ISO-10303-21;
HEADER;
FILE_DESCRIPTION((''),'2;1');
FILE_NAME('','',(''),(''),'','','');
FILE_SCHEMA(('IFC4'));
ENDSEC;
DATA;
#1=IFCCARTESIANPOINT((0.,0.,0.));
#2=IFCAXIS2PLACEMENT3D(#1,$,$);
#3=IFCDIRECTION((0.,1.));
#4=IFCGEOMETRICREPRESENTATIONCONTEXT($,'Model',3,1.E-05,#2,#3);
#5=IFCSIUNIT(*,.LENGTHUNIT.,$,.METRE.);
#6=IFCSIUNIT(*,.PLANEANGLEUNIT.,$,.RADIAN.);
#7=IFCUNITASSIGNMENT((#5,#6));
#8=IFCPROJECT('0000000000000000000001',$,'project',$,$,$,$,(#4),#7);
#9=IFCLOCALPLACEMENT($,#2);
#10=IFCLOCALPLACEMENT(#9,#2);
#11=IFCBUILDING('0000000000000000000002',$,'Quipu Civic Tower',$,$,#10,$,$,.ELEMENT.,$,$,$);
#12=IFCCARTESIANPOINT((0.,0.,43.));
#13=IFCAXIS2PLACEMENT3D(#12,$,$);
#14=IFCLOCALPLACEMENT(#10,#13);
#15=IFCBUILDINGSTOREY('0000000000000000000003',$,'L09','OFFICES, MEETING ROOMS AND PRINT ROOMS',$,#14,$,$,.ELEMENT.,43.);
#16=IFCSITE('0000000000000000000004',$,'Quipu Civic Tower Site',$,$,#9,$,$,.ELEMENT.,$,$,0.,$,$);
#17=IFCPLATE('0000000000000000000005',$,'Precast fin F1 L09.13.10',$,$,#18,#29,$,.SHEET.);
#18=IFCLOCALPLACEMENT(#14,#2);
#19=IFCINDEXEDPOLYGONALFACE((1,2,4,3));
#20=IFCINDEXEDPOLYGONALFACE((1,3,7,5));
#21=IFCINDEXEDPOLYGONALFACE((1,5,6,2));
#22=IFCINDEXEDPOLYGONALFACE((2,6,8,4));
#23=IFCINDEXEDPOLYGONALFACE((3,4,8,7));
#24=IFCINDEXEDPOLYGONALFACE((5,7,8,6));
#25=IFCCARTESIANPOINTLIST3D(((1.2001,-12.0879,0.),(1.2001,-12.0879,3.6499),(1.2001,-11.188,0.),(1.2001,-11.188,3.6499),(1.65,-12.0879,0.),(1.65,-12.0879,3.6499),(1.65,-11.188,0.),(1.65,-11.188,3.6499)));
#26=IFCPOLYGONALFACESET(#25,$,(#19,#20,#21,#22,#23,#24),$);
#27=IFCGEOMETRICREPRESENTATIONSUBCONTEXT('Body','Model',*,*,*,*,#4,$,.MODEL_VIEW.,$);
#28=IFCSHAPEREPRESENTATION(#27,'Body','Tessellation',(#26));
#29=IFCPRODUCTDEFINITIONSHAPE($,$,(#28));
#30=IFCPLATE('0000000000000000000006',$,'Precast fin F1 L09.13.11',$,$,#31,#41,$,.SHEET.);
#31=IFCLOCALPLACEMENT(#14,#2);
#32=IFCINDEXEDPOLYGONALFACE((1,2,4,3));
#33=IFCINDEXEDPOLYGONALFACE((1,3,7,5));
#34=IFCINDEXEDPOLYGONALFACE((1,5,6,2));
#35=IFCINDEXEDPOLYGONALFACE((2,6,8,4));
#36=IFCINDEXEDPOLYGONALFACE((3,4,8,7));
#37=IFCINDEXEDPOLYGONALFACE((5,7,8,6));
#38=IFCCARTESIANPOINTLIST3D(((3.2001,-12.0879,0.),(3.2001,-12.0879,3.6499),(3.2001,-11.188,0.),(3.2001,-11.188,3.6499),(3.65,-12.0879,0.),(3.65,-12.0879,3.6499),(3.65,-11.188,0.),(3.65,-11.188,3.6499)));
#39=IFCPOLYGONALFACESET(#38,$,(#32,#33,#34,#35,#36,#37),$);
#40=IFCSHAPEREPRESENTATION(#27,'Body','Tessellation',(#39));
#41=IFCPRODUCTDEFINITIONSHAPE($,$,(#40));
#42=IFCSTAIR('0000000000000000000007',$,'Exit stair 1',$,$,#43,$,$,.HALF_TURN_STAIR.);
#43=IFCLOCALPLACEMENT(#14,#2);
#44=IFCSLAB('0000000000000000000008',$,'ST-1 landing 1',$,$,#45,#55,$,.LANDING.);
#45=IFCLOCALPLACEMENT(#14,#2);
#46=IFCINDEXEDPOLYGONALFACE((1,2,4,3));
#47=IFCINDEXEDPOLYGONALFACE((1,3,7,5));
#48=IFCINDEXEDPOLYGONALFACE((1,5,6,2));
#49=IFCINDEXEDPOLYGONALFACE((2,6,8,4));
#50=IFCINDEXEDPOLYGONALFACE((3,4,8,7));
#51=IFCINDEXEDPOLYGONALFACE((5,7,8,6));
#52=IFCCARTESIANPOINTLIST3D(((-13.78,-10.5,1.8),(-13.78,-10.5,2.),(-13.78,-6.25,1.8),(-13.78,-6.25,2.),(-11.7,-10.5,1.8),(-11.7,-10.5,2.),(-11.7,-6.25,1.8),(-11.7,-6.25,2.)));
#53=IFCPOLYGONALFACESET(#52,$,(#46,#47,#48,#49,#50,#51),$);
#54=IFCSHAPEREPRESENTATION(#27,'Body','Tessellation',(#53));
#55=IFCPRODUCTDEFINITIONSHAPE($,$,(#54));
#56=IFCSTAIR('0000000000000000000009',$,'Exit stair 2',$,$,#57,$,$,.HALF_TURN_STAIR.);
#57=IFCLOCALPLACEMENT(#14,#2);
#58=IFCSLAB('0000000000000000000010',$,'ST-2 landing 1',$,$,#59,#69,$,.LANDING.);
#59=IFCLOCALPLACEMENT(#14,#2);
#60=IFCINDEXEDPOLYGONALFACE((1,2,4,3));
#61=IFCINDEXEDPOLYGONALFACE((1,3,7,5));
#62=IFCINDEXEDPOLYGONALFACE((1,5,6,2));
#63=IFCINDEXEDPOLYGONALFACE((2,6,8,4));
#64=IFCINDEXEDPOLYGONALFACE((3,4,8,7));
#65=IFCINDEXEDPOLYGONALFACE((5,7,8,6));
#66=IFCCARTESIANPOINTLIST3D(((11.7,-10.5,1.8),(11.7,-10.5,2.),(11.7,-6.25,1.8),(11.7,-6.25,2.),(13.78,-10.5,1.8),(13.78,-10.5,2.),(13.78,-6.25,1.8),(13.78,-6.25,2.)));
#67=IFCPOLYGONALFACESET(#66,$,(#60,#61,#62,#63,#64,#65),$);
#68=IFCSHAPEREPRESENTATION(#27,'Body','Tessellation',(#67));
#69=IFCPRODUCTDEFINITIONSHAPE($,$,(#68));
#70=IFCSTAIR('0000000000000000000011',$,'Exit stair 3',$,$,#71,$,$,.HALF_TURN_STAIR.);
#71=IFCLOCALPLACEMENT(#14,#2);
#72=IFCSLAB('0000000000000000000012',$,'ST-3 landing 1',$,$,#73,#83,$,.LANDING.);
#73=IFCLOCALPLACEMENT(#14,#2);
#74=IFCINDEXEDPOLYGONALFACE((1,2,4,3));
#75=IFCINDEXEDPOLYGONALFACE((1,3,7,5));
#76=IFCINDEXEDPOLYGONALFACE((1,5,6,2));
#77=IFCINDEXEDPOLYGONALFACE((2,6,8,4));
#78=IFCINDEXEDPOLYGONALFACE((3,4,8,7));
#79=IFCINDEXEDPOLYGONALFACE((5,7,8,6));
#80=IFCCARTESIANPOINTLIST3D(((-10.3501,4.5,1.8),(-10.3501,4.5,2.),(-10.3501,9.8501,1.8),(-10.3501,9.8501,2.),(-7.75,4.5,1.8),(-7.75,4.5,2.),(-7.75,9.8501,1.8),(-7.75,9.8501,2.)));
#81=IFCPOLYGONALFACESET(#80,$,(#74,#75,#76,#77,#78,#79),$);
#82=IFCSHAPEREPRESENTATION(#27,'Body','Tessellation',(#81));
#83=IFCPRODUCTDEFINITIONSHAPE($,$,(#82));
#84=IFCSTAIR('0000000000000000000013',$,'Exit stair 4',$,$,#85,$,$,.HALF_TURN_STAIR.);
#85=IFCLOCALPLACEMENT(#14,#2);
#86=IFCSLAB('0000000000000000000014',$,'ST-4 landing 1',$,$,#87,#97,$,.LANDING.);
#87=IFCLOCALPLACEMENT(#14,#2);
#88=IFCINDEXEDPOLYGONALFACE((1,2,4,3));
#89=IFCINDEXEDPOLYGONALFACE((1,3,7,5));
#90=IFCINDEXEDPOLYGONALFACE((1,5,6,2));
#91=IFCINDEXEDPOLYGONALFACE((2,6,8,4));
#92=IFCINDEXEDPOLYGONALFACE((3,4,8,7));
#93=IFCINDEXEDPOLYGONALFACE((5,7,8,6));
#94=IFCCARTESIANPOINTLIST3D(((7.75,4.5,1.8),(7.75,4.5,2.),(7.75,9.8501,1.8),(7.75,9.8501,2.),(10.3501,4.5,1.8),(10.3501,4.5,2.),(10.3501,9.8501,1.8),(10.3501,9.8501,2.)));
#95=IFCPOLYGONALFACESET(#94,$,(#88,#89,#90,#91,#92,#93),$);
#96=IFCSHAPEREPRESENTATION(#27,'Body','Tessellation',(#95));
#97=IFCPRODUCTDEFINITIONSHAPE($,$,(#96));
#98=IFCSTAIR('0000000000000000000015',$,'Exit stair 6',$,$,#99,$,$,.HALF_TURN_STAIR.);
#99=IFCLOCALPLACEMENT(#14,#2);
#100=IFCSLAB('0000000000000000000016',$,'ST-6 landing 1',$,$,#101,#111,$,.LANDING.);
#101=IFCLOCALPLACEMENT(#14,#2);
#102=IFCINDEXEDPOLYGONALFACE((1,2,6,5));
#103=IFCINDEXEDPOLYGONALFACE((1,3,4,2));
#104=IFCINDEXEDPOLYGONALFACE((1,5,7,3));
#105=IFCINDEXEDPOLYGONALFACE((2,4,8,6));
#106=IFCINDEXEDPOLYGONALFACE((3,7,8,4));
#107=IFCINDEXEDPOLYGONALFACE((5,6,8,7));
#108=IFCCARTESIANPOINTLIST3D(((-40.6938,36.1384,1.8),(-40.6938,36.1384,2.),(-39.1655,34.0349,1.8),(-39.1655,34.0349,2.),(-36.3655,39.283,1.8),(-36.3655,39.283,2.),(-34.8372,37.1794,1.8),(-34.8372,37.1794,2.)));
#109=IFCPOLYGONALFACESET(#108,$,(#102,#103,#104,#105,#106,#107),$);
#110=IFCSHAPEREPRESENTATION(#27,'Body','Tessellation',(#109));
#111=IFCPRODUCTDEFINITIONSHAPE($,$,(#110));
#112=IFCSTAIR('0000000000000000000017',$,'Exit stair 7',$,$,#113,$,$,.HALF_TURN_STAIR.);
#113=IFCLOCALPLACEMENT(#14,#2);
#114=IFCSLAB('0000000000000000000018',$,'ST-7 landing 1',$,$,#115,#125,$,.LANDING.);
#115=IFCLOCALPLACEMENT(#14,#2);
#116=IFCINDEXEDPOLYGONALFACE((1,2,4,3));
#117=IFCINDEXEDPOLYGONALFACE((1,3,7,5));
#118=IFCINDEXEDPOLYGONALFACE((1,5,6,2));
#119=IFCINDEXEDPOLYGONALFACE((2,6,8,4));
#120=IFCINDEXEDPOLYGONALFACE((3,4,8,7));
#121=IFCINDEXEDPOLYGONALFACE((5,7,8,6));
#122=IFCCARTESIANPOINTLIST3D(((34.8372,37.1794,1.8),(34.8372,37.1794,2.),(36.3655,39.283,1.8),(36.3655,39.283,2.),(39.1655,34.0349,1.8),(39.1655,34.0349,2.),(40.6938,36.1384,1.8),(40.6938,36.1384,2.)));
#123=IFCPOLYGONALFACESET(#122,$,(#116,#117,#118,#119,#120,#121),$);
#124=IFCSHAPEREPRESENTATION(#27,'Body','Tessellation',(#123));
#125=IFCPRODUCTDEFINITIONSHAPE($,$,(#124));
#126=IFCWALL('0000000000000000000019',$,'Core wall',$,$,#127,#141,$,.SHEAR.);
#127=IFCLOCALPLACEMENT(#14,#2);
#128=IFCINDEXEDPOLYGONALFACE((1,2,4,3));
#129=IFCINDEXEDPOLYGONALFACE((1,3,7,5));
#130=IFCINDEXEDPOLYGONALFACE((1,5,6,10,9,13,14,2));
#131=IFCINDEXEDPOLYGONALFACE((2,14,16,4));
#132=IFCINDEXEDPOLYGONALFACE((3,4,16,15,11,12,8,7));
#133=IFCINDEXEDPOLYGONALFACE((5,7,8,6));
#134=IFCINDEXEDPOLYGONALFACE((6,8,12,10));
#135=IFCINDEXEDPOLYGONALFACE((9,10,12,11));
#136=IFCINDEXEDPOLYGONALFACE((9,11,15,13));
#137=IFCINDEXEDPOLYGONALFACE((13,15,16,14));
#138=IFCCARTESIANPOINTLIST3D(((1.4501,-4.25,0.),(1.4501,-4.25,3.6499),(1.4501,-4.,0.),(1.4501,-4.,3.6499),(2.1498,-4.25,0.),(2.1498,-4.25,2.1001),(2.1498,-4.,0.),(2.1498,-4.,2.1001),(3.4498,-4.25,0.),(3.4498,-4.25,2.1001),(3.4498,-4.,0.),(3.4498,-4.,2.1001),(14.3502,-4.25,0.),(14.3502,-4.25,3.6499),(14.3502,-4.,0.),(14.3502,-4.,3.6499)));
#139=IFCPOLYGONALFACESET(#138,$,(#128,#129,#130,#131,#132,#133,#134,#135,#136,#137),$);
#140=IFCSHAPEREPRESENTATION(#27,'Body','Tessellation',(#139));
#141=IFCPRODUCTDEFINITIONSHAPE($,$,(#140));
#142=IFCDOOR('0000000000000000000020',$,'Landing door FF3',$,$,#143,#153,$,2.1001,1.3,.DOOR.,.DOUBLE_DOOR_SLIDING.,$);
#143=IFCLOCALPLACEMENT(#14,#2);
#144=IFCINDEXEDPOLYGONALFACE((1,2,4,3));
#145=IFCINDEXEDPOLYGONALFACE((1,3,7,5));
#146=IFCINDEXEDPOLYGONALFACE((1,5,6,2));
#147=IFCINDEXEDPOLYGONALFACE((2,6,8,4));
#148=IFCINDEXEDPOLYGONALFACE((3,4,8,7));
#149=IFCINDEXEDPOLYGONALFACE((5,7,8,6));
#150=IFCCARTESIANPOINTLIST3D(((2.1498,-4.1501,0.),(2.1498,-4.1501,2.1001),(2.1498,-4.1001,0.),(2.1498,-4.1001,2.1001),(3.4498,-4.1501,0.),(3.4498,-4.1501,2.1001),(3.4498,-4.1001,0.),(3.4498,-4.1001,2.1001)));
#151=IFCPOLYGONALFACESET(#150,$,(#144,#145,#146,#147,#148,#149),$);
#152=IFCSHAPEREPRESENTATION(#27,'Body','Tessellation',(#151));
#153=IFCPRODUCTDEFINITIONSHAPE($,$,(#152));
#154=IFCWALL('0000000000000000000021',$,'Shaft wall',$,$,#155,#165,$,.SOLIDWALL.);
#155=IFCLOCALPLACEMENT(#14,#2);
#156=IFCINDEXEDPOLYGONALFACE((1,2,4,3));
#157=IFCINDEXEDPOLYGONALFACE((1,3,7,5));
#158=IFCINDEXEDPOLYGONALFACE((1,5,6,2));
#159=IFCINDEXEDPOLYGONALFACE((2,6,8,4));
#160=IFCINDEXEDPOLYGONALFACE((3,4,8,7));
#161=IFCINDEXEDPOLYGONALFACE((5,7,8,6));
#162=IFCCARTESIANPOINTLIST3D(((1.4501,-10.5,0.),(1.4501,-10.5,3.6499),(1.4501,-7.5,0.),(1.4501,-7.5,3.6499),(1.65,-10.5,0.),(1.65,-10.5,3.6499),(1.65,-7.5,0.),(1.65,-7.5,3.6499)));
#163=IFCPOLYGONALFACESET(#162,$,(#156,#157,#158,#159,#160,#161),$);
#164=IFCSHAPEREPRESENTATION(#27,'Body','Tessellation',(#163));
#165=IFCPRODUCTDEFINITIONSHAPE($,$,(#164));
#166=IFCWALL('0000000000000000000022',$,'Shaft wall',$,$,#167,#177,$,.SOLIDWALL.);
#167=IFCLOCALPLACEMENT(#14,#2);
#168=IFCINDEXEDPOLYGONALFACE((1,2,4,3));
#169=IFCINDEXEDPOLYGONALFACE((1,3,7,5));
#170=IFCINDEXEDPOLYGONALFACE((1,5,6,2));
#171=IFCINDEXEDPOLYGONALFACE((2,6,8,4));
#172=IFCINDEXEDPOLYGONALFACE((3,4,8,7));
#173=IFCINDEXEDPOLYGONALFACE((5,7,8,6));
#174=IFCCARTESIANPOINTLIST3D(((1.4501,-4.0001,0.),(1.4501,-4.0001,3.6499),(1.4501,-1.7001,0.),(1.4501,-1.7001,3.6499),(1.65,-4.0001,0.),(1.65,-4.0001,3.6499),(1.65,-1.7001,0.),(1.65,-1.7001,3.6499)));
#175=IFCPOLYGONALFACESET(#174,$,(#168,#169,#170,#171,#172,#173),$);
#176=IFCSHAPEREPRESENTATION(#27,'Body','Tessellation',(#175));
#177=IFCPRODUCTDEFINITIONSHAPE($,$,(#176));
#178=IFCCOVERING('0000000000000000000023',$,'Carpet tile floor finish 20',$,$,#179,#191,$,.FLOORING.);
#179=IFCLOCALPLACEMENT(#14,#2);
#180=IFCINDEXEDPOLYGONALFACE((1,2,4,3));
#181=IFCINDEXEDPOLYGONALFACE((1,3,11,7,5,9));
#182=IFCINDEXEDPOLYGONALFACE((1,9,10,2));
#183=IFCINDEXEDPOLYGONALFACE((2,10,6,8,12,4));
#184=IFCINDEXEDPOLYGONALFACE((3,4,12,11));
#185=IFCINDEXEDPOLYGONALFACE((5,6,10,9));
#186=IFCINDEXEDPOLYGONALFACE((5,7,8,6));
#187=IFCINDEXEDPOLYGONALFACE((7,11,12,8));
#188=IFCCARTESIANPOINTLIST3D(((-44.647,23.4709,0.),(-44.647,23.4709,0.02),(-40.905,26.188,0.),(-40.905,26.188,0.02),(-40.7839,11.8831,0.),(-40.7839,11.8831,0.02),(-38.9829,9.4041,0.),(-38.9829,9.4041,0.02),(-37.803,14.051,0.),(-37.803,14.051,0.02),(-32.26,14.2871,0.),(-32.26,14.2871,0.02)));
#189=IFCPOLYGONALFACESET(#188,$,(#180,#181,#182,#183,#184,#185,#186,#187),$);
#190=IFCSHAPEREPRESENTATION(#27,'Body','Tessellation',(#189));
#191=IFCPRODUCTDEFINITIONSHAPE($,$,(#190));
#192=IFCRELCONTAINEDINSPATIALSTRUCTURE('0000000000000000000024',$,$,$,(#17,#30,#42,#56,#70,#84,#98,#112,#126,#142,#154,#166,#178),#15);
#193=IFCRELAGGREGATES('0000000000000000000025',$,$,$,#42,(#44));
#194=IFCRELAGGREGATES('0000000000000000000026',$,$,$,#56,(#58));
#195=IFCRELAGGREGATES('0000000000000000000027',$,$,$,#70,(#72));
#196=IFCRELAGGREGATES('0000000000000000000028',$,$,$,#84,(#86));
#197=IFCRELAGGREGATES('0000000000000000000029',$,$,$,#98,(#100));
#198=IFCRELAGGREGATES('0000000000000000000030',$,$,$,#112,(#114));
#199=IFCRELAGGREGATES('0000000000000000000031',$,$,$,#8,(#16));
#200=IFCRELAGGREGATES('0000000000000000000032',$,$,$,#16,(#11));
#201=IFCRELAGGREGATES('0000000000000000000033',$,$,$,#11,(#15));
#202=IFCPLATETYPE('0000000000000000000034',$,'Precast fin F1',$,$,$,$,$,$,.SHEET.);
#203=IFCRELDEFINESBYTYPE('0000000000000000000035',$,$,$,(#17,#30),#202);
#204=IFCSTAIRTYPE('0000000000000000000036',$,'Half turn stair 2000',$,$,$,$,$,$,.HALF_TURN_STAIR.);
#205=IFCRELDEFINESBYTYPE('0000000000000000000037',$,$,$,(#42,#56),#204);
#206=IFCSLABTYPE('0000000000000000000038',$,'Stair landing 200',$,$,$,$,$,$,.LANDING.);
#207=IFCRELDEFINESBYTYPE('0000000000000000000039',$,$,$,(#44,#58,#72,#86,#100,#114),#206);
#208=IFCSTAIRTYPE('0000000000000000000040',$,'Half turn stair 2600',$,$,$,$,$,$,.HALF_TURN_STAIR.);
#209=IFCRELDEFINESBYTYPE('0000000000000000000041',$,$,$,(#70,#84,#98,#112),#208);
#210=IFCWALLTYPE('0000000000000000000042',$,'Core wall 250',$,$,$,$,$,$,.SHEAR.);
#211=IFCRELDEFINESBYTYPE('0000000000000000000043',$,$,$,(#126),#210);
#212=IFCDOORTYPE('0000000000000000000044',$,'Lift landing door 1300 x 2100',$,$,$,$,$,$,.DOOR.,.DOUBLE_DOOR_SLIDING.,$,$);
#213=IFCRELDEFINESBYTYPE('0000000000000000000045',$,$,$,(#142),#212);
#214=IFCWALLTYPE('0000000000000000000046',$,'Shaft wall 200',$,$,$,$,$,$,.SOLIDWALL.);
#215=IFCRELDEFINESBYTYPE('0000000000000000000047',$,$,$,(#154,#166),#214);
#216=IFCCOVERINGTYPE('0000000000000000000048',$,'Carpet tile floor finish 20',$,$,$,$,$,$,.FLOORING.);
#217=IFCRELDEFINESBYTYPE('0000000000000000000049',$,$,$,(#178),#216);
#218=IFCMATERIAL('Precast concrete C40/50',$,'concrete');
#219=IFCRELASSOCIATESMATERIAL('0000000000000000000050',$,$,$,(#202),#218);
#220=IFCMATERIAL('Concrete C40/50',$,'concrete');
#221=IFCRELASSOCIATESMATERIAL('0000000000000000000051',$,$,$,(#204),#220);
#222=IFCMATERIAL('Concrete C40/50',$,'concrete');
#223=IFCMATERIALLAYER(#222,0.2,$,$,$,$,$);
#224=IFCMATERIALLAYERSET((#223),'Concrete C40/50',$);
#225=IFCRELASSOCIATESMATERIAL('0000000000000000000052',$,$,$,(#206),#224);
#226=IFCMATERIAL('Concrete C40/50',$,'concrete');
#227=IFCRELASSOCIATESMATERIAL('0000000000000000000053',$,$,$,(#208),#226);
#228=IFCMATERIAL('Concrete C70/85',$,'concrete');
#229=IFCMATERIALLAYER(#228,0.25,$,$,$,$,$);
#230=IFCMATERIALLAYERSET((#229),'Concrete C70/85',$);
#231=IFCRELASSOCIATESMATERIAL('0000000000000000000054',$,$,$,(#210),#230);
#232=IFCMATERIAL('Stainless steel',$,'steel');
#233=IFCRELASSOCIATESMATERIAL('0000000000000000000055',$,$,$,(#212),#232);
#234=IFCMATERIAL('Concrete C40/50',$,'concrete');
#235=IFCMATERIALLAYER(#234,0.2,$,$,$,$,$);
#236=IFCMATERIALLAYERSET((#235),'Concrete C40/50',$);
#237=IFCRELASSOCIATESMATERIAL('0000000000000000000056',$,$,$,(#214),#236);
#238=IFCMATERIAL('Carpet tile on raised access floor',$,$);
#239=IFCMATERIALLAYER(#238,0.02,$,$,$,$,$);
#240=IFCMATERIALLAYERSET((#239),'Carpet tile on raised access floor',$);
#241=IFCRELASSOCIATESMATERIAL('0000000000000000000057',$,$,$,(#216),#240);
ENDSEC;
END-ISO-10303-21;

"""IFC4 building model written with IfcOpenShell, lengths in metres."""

from ifc_helpers import new_model, si_unit, direction, frame, frame_2d, origin, origin_2d, place, context, subcontext, project, spatial, polyline, rectangle, outline, extrude, material, layer, layer_set, type_object, element, fill, aggregate, save


model = new_model("IFC4")

# Units and contexts
model_context = context("Model", 3, precision=1e-05, world=origin(), true_north=direction((0.0, 1.0)))
body_context = subcontext(model_context, "Body", "Model", "MODEL_VIEW")
ifc_project = project(units=[si_unit("LENGTHUNIT", "METRE"), si_unit("PLANEANGLEUNIT", "RADIAN")], contexts=[model_context])

# Site, building, storey
site_placement = place(None, origin())
site = spatial("IfcSite", under=ifc_project, at=site_placement, Name="Quipu Civic Tower Site", CompositionType="ELEMENT", RefElevation=0.0)
building_placement = place(site_placement, origin())
building = spatial("IfcBuilding", under=site, at=building_placement, Name="Quipu Civic Tower", CompositionType="ELEMENT")
storey_placement = place(building_placement, frame((0.0, 0.0, 43.0)))
storey = spatial("IfcBuildingStorey", under=building, at=storey_placement, Name="L09", Description="OFFICES, MEETING ROOMS AND PRINT ROOMS", CompositionType="ELEMENT", Elevation=43.0)

# Plates
ifc_material_1 = material(Name="Precast concrete C40/50", Category="concrete")
plate_type = type_object("IfcPlateType", Name="Precast fin F1", PredefinedType="SHEET", material=ifc_material_1)
for number, where, z_axis, x_axis, name in (
    (1, (1.425, -11.6379, 0.0), (0.0, 0.0, 1.0), (1.0, 0.0, 0.0), "Precast fin F1 L09.13.10"),
    (2, (3.425, -11.6379, 0.0), (0.0, 0.0, 1.0), (1.0, 0.0, 0.0), "Precast fin F1 L09.13.11"),
):
    element("IfcPlate", number, at=place(storey_placement, frame(where, z_axis=z_axis, x_axis=x_axis)), inside=storey, type_object=plate_type, Name=name, PredefinedType="SHEET", context=body_context, shape_type="SweptSolid", body=[
        extrude(rectangle(XDim=0.45, YDim=0.8999, at=origin_2d()), origin(), (0.0, 0.0, 1.0), 3.6499),
    ])

# Stairs, slabs
ifc_material_2 = material(Name="Concrete C40/50", Category="concrete")
stair_type_1 = type_object("IfcStairType", Name="Half turn stair 2000", PredefinedType="HALF_TURN_STAIR", material=ifc_material_2)
stair_1_placement = place(storey_placement, origin())
stair_1 = element("IfcStair", 3, at=stair_1_placement, inside=storey, type_object=stair_type_1, Name="Exit stair 1", PredefinedType="HALF_TURN_STAIR")
ifc_material_3 = material(Name="Concrete C40/50", Category="concrete")
ifc_layer_1 = layer(ifc_material_3, 0.2)
ifc_layer_set_1 = layer_set([ifc_layer_1], Name="Concrete C40/50")
slab_type = type_object("IfcSlabType", Name="Stair landing 200", PredefinedType="LANDING", material=ifc_layer_set_1)
slab_1_placement = place(storey_placement, frame((0.0, 0.0, 1.8)))
slab_1 = element("IfcSlab", 4, at=slab_1_placement, type_object=slab_type, Name="ST-1 landing 1", PredefinedType="LANDING", context=body_context, shape_type="SweptSolid", body=[
    extrude(outline(polyline([(-13.78, -10.5), (-11.7, -10.5), (-11.7, -6.25), (-13.78, -6.25), (-13.78, -10.5)])), origin(), (0.0, 0.0, 1.0), 0.2),
])
aggregate(stair_1, [slab_1])
stair_2_placement = place(storey_placement, origin())
stair_2 = element("IfcStair", 5, at=stair_2_placement, inside=storey, type_object=stair_type_1, Name="Exit stair 2", PredefinedType="HALF_TURN_STAIR")
slab_2_placement = place(storey_placement, frame((0.0, 0.0, 1.8)))
slab_2 = element("IfcSlab", 6, at=slab_2_placement, type_object=slab_type, Name="ST-2 landing 1", PredefinedType="LANDING", context=body_context, shape_type="SweptSolid", body=[
    extrude(outline(polyline([(13.78, -6.25), (11.7, -6.25), (11.7, -10.5), (13.78, -10.5), (13.78, -6.25)])), origin(), (0.0, 0.0, 1.0), 0.2),
])
aggregate(stair_2, [slab_2])
ifc_material_4 = material(Name="Concrete C40/50", Category="concrete")
stair_type_2 = type_object("IfcStairType", Name="Half turn stair 2600", PredefinedType="HALF_TURN_STAIR", material=ifc_material_4)
stair_3_placement = place(storey_placement, origin())
stair_3 = element("IfcStair", 7, at=stair_3_placement, inside=storey, type_object=stair_type_2, Name="Exit stair 3", PredefinedType="HALF_TURN_STAIR")
slab_3_placement = place(storey_placement, frame((0.0, 0.0, 1.8)))
slab_3 = element("IfcSlab", 8, at=slab_3_placement, type_object=slab_type, Name="ST-3 landing 1", PredefinedType="LANDING", context=body_context, shape_type="SweptSolid", body=[
    extrude(outline(polyline([(-10.3501, 4.5), (-7.75, 4.5), (-7.75, 9.8501), (-10.3501, 9.8501), (-10.3501, 4.5)])), origin(), (0.0, 0.0, 1.0), 0.2),
])
aggregate(stair_3, [slab_3])
stair_4_placement = place(storey_placement, origin())
stair_4 = element("IfcStair", 9, at=stair_4_placement, inside=storey, type_object=stair_type_2, Name="Exit stair 4", PredefinedType="HALF_TURN_STAIR")
slab_4_placement = place(storey_placement, frame((0.0, 0.0, 1.8)))
slab_4 = element("IfcSlab", 10, at=slab_4_placement, type_object=slab_type, Name="ST-4 landing 1", PredefinedType="LANDING", context=body_context, shape_type="SweptSolid", body=[
    extrude(outline(polyline([(10.3501, 9.8501), (7.75, 9.8501), (7.75, 4.5), (10.3501, 4.5), (10.3501, 9.8501)])), origin(), (0.0, 0.0, 1.0), 0.2),
])
aggregate(stair_4, [slab_4])
stair_5_placement = place(storey_placement, origin())
stair_5 = element("IfcStair", 11, at=stair_5_placement, inside=storey, type_object=stair_type_2, Name="Exit stair 6", PredefinedType="HALF_TURN_STAIR")
slab_5_placement = place(storey_placement, frame((0.0, 0.0, 1.8)))
slab_5 = element("IfcSlab", 12, at=slab_5_placement, type_object=slab_type, Name="ST-6 landing 1", PredefinedType="LANDING", context=body_context, shape_type="SweptSolid", body=[
    extrude(outline(polyline([(-34.8372, 37.1794), (-36.3655, 39.283), (-40.6938, 36.1384), (-39.1655, 34.0349), (-34.8372, 37.1794)])), origin(), (0.0, 0.0, 1.0), 0.2),
])
aggregate(stair_5, [slab_5])
stair_6_placement = place(storey_placement, origin())
stair_6 = element("IfcStair", 13, at=stair_6_placement, inside=storey, type_object=stair_type_2, Name="Exit stair 7", PredefinedType="HALF_TURN_STAIR")
slab_6_placement = place(storey_placement, frame((0.0, 0.0, 1.8)))
slab_6 = element("IfcSlab", 14, at=slab_6_placement, type_object=slab_type, Name="ST-7 landing 1", PredefinedType="LANDING", context=body_context, shape_type="SweptSolid", body=[
    extrude(outline(polyline([(39.1655, 34.0349), (40.6938, 36.1384), (36.3655, 39.283), (34.8372, 37.1794), (39.1655, 34.0349)])), origin(), (0.0, 0.0, 1.0), 0.2),
])
aggregate(stair_6, [slab_6])

# Wall, opening, door
ifc_material_5 = material(Name="Concrete C70/85", Category="concrete")
ifc_layer_2 = layer(ifc_material_5, 0.25)
ifc_layer_set_2 = layer_set([ifc_layer_2], Name="Concrete C70/85")
wall_type_1 = type_object("IfcWallType", Name="Core wall 250", PredefinedType="SHEAR", material=ifc_layer_set_2)
wall_1_placement = place(storey_placement, frame((1.45, -4.125, 0.0), z_axis=(0.0, 0.0, 1.0), x_axis=(1.0, 0.0, 0.0)))
wall_1 = element("IfcWall", 15, at=wall_1_placement, inside=storey, type_object=wall_type_1, Name="Core wall", PredefinedType="SHEAR", context=body_context, shape_type="SweptSolid", body=[
    extrude(rectangle(XDim=12.9001, YDim=0.25, at=frame_2d((6.4502, 0.0))), origin(), (0.0, 0.0, 1.0), 3.6499),
])
opening_placement = place(wall_1_placement, frame((0.7, 0.0, 0.0)))
opening = element("IfcOpeningElement", 16, at=opening_placement, cuts=wall_1, PredefinedType="OPENING", context=body_context, shape_type="SweptSolid", body=[
    extrude(rectangle(XDim=1.3, YDim=2.1001, at=frame_2d((0.6499, 1.05))), frame((0.0, 0.135, 0.0), z_axis=(0.0, -1.0, 0.0), x_axis=(1.0, 0.0, 0.0)), (0.0, 0.0, 1.0), 0.27),
])
ifc_material_6 = material(Name="Stainless steel", Category="steel")
door_type = type_object("IfcDoorType", Name="Lift landing door 1300 x 2100", OperationType="DOUBLE_DOOR_SLIDING", PredefinedType="DOOR", material=ifc_material_6)
door_placement = place(opening_placement, origin())
door = element("IfcDoor", 17, at=door_placement, inside=storey, type_object=door_type, Name="Landing door FF3", OperationType="DOUBLE_DOOR_SLIDING", OverallHeight=2.1001, OverallWidth=1.3, PredefinedType="DOOR", context=body_context, shape_type="SweptSolid", body=[
    extrude(rectangle(XDim=1.3, YDim=2.1001, at=frame_2d((0.6499, 1.05))), frame((0.0, 0.0249, 0.0), z_axis=(0.0, -1.0, 0.0), x_axis=(1.0, 0.0, 0.0)), (0.0, 0.0, 1.0), 0.05),
])
fill(opening, door)

# Walls
ifc_material_7 = material(Name="Concrete C40/50", Category="concrete")
ifc_layer_3 = layer(ifc_material_7, 0.2)
ifc_layer_set_3 = layer_set([ifc_layer_3], Name="Concrete C40/50")
wall_type_2 = type_object("IfcWallType", Name="Shaft wall 200", PredefinedType="SOLIDWALL", material=ifc_layer_set_3)
wall_2_placement = place(storey_placement, frame((1.55, -10.5, 0.0), z_axis=(0.0, 0.0, 1.0), x_axis=(0.0, 1.0, 0.0)))
element("IfcWall", 18, at=wall_2_placement, inside=storey, type_object=wall_type_2, Name="Shaft wall", PredefinedType="SOLIDWALL", context=body_context, shape_type="SweptSolid", body=[
    extrude(rectangle(XDim=3.0, YDim=0.2, at=frame_2d((1.5, 0.0))), origin(), (0.0, 0.0, 1.0), 3.6499),
])
wall_3_placement = place(storey_placement, frame((1.55, -4.0, 0.0), z_axis=(0.0, 0.0, 1.0), x_axis=(0.0, 1.0, 0.0)))
element("IfcWall", 19, at=wall_3_placement, inside=storey, type_object=wall_type_2, Name="Shaft wall", PredefinedType="SOLIDWALL", context=body_context, shape_type="SweptSolid", body=[
    extrude(rectangle(XDim=2.3, YDim=0.2, at=frame_2d((1.1499, 0.0))), origin(), (0.0, 0.0, 1.0), 3.6499),
])

# Covering
ifc_material_8 = material(Name="Carpet tile on raised access floor")
ifc_layer_4 = layer(ifc_material_8, 0.02)
ifc_layer_set_4 = layer_set([ifc_layer_4], Name="Carpet tile on raised access floor")
covering_type_1 = type_object("IfcCoveringType", Name="Carpet tile floor finish 20", PredefinedType="FLOORING", material=ifc_layer_set_4)
covering_1_placement = place(storey_placement, origin())
element("IfcCovering", 20, at=covering_1_placement, inside=storey, type_object=covering_type_1, Name="Carpet tile floor finish 20", PredefinedType="FLOORING", context=body_context, shape_type="SweptSolid", body=[
    extrude(outline(polyline([(-44.647, 23.4709), (-40.905, 26.188), (-32.26, 14.2871), (-38.9829, 9.4041), (-40.7839, 11.8831), (-37.803, 14.051), (-44.647, 23.4709)])), origin(), (0.0, 0.0, 1.0), 0.02),
])

save(model, "model.ifc")
